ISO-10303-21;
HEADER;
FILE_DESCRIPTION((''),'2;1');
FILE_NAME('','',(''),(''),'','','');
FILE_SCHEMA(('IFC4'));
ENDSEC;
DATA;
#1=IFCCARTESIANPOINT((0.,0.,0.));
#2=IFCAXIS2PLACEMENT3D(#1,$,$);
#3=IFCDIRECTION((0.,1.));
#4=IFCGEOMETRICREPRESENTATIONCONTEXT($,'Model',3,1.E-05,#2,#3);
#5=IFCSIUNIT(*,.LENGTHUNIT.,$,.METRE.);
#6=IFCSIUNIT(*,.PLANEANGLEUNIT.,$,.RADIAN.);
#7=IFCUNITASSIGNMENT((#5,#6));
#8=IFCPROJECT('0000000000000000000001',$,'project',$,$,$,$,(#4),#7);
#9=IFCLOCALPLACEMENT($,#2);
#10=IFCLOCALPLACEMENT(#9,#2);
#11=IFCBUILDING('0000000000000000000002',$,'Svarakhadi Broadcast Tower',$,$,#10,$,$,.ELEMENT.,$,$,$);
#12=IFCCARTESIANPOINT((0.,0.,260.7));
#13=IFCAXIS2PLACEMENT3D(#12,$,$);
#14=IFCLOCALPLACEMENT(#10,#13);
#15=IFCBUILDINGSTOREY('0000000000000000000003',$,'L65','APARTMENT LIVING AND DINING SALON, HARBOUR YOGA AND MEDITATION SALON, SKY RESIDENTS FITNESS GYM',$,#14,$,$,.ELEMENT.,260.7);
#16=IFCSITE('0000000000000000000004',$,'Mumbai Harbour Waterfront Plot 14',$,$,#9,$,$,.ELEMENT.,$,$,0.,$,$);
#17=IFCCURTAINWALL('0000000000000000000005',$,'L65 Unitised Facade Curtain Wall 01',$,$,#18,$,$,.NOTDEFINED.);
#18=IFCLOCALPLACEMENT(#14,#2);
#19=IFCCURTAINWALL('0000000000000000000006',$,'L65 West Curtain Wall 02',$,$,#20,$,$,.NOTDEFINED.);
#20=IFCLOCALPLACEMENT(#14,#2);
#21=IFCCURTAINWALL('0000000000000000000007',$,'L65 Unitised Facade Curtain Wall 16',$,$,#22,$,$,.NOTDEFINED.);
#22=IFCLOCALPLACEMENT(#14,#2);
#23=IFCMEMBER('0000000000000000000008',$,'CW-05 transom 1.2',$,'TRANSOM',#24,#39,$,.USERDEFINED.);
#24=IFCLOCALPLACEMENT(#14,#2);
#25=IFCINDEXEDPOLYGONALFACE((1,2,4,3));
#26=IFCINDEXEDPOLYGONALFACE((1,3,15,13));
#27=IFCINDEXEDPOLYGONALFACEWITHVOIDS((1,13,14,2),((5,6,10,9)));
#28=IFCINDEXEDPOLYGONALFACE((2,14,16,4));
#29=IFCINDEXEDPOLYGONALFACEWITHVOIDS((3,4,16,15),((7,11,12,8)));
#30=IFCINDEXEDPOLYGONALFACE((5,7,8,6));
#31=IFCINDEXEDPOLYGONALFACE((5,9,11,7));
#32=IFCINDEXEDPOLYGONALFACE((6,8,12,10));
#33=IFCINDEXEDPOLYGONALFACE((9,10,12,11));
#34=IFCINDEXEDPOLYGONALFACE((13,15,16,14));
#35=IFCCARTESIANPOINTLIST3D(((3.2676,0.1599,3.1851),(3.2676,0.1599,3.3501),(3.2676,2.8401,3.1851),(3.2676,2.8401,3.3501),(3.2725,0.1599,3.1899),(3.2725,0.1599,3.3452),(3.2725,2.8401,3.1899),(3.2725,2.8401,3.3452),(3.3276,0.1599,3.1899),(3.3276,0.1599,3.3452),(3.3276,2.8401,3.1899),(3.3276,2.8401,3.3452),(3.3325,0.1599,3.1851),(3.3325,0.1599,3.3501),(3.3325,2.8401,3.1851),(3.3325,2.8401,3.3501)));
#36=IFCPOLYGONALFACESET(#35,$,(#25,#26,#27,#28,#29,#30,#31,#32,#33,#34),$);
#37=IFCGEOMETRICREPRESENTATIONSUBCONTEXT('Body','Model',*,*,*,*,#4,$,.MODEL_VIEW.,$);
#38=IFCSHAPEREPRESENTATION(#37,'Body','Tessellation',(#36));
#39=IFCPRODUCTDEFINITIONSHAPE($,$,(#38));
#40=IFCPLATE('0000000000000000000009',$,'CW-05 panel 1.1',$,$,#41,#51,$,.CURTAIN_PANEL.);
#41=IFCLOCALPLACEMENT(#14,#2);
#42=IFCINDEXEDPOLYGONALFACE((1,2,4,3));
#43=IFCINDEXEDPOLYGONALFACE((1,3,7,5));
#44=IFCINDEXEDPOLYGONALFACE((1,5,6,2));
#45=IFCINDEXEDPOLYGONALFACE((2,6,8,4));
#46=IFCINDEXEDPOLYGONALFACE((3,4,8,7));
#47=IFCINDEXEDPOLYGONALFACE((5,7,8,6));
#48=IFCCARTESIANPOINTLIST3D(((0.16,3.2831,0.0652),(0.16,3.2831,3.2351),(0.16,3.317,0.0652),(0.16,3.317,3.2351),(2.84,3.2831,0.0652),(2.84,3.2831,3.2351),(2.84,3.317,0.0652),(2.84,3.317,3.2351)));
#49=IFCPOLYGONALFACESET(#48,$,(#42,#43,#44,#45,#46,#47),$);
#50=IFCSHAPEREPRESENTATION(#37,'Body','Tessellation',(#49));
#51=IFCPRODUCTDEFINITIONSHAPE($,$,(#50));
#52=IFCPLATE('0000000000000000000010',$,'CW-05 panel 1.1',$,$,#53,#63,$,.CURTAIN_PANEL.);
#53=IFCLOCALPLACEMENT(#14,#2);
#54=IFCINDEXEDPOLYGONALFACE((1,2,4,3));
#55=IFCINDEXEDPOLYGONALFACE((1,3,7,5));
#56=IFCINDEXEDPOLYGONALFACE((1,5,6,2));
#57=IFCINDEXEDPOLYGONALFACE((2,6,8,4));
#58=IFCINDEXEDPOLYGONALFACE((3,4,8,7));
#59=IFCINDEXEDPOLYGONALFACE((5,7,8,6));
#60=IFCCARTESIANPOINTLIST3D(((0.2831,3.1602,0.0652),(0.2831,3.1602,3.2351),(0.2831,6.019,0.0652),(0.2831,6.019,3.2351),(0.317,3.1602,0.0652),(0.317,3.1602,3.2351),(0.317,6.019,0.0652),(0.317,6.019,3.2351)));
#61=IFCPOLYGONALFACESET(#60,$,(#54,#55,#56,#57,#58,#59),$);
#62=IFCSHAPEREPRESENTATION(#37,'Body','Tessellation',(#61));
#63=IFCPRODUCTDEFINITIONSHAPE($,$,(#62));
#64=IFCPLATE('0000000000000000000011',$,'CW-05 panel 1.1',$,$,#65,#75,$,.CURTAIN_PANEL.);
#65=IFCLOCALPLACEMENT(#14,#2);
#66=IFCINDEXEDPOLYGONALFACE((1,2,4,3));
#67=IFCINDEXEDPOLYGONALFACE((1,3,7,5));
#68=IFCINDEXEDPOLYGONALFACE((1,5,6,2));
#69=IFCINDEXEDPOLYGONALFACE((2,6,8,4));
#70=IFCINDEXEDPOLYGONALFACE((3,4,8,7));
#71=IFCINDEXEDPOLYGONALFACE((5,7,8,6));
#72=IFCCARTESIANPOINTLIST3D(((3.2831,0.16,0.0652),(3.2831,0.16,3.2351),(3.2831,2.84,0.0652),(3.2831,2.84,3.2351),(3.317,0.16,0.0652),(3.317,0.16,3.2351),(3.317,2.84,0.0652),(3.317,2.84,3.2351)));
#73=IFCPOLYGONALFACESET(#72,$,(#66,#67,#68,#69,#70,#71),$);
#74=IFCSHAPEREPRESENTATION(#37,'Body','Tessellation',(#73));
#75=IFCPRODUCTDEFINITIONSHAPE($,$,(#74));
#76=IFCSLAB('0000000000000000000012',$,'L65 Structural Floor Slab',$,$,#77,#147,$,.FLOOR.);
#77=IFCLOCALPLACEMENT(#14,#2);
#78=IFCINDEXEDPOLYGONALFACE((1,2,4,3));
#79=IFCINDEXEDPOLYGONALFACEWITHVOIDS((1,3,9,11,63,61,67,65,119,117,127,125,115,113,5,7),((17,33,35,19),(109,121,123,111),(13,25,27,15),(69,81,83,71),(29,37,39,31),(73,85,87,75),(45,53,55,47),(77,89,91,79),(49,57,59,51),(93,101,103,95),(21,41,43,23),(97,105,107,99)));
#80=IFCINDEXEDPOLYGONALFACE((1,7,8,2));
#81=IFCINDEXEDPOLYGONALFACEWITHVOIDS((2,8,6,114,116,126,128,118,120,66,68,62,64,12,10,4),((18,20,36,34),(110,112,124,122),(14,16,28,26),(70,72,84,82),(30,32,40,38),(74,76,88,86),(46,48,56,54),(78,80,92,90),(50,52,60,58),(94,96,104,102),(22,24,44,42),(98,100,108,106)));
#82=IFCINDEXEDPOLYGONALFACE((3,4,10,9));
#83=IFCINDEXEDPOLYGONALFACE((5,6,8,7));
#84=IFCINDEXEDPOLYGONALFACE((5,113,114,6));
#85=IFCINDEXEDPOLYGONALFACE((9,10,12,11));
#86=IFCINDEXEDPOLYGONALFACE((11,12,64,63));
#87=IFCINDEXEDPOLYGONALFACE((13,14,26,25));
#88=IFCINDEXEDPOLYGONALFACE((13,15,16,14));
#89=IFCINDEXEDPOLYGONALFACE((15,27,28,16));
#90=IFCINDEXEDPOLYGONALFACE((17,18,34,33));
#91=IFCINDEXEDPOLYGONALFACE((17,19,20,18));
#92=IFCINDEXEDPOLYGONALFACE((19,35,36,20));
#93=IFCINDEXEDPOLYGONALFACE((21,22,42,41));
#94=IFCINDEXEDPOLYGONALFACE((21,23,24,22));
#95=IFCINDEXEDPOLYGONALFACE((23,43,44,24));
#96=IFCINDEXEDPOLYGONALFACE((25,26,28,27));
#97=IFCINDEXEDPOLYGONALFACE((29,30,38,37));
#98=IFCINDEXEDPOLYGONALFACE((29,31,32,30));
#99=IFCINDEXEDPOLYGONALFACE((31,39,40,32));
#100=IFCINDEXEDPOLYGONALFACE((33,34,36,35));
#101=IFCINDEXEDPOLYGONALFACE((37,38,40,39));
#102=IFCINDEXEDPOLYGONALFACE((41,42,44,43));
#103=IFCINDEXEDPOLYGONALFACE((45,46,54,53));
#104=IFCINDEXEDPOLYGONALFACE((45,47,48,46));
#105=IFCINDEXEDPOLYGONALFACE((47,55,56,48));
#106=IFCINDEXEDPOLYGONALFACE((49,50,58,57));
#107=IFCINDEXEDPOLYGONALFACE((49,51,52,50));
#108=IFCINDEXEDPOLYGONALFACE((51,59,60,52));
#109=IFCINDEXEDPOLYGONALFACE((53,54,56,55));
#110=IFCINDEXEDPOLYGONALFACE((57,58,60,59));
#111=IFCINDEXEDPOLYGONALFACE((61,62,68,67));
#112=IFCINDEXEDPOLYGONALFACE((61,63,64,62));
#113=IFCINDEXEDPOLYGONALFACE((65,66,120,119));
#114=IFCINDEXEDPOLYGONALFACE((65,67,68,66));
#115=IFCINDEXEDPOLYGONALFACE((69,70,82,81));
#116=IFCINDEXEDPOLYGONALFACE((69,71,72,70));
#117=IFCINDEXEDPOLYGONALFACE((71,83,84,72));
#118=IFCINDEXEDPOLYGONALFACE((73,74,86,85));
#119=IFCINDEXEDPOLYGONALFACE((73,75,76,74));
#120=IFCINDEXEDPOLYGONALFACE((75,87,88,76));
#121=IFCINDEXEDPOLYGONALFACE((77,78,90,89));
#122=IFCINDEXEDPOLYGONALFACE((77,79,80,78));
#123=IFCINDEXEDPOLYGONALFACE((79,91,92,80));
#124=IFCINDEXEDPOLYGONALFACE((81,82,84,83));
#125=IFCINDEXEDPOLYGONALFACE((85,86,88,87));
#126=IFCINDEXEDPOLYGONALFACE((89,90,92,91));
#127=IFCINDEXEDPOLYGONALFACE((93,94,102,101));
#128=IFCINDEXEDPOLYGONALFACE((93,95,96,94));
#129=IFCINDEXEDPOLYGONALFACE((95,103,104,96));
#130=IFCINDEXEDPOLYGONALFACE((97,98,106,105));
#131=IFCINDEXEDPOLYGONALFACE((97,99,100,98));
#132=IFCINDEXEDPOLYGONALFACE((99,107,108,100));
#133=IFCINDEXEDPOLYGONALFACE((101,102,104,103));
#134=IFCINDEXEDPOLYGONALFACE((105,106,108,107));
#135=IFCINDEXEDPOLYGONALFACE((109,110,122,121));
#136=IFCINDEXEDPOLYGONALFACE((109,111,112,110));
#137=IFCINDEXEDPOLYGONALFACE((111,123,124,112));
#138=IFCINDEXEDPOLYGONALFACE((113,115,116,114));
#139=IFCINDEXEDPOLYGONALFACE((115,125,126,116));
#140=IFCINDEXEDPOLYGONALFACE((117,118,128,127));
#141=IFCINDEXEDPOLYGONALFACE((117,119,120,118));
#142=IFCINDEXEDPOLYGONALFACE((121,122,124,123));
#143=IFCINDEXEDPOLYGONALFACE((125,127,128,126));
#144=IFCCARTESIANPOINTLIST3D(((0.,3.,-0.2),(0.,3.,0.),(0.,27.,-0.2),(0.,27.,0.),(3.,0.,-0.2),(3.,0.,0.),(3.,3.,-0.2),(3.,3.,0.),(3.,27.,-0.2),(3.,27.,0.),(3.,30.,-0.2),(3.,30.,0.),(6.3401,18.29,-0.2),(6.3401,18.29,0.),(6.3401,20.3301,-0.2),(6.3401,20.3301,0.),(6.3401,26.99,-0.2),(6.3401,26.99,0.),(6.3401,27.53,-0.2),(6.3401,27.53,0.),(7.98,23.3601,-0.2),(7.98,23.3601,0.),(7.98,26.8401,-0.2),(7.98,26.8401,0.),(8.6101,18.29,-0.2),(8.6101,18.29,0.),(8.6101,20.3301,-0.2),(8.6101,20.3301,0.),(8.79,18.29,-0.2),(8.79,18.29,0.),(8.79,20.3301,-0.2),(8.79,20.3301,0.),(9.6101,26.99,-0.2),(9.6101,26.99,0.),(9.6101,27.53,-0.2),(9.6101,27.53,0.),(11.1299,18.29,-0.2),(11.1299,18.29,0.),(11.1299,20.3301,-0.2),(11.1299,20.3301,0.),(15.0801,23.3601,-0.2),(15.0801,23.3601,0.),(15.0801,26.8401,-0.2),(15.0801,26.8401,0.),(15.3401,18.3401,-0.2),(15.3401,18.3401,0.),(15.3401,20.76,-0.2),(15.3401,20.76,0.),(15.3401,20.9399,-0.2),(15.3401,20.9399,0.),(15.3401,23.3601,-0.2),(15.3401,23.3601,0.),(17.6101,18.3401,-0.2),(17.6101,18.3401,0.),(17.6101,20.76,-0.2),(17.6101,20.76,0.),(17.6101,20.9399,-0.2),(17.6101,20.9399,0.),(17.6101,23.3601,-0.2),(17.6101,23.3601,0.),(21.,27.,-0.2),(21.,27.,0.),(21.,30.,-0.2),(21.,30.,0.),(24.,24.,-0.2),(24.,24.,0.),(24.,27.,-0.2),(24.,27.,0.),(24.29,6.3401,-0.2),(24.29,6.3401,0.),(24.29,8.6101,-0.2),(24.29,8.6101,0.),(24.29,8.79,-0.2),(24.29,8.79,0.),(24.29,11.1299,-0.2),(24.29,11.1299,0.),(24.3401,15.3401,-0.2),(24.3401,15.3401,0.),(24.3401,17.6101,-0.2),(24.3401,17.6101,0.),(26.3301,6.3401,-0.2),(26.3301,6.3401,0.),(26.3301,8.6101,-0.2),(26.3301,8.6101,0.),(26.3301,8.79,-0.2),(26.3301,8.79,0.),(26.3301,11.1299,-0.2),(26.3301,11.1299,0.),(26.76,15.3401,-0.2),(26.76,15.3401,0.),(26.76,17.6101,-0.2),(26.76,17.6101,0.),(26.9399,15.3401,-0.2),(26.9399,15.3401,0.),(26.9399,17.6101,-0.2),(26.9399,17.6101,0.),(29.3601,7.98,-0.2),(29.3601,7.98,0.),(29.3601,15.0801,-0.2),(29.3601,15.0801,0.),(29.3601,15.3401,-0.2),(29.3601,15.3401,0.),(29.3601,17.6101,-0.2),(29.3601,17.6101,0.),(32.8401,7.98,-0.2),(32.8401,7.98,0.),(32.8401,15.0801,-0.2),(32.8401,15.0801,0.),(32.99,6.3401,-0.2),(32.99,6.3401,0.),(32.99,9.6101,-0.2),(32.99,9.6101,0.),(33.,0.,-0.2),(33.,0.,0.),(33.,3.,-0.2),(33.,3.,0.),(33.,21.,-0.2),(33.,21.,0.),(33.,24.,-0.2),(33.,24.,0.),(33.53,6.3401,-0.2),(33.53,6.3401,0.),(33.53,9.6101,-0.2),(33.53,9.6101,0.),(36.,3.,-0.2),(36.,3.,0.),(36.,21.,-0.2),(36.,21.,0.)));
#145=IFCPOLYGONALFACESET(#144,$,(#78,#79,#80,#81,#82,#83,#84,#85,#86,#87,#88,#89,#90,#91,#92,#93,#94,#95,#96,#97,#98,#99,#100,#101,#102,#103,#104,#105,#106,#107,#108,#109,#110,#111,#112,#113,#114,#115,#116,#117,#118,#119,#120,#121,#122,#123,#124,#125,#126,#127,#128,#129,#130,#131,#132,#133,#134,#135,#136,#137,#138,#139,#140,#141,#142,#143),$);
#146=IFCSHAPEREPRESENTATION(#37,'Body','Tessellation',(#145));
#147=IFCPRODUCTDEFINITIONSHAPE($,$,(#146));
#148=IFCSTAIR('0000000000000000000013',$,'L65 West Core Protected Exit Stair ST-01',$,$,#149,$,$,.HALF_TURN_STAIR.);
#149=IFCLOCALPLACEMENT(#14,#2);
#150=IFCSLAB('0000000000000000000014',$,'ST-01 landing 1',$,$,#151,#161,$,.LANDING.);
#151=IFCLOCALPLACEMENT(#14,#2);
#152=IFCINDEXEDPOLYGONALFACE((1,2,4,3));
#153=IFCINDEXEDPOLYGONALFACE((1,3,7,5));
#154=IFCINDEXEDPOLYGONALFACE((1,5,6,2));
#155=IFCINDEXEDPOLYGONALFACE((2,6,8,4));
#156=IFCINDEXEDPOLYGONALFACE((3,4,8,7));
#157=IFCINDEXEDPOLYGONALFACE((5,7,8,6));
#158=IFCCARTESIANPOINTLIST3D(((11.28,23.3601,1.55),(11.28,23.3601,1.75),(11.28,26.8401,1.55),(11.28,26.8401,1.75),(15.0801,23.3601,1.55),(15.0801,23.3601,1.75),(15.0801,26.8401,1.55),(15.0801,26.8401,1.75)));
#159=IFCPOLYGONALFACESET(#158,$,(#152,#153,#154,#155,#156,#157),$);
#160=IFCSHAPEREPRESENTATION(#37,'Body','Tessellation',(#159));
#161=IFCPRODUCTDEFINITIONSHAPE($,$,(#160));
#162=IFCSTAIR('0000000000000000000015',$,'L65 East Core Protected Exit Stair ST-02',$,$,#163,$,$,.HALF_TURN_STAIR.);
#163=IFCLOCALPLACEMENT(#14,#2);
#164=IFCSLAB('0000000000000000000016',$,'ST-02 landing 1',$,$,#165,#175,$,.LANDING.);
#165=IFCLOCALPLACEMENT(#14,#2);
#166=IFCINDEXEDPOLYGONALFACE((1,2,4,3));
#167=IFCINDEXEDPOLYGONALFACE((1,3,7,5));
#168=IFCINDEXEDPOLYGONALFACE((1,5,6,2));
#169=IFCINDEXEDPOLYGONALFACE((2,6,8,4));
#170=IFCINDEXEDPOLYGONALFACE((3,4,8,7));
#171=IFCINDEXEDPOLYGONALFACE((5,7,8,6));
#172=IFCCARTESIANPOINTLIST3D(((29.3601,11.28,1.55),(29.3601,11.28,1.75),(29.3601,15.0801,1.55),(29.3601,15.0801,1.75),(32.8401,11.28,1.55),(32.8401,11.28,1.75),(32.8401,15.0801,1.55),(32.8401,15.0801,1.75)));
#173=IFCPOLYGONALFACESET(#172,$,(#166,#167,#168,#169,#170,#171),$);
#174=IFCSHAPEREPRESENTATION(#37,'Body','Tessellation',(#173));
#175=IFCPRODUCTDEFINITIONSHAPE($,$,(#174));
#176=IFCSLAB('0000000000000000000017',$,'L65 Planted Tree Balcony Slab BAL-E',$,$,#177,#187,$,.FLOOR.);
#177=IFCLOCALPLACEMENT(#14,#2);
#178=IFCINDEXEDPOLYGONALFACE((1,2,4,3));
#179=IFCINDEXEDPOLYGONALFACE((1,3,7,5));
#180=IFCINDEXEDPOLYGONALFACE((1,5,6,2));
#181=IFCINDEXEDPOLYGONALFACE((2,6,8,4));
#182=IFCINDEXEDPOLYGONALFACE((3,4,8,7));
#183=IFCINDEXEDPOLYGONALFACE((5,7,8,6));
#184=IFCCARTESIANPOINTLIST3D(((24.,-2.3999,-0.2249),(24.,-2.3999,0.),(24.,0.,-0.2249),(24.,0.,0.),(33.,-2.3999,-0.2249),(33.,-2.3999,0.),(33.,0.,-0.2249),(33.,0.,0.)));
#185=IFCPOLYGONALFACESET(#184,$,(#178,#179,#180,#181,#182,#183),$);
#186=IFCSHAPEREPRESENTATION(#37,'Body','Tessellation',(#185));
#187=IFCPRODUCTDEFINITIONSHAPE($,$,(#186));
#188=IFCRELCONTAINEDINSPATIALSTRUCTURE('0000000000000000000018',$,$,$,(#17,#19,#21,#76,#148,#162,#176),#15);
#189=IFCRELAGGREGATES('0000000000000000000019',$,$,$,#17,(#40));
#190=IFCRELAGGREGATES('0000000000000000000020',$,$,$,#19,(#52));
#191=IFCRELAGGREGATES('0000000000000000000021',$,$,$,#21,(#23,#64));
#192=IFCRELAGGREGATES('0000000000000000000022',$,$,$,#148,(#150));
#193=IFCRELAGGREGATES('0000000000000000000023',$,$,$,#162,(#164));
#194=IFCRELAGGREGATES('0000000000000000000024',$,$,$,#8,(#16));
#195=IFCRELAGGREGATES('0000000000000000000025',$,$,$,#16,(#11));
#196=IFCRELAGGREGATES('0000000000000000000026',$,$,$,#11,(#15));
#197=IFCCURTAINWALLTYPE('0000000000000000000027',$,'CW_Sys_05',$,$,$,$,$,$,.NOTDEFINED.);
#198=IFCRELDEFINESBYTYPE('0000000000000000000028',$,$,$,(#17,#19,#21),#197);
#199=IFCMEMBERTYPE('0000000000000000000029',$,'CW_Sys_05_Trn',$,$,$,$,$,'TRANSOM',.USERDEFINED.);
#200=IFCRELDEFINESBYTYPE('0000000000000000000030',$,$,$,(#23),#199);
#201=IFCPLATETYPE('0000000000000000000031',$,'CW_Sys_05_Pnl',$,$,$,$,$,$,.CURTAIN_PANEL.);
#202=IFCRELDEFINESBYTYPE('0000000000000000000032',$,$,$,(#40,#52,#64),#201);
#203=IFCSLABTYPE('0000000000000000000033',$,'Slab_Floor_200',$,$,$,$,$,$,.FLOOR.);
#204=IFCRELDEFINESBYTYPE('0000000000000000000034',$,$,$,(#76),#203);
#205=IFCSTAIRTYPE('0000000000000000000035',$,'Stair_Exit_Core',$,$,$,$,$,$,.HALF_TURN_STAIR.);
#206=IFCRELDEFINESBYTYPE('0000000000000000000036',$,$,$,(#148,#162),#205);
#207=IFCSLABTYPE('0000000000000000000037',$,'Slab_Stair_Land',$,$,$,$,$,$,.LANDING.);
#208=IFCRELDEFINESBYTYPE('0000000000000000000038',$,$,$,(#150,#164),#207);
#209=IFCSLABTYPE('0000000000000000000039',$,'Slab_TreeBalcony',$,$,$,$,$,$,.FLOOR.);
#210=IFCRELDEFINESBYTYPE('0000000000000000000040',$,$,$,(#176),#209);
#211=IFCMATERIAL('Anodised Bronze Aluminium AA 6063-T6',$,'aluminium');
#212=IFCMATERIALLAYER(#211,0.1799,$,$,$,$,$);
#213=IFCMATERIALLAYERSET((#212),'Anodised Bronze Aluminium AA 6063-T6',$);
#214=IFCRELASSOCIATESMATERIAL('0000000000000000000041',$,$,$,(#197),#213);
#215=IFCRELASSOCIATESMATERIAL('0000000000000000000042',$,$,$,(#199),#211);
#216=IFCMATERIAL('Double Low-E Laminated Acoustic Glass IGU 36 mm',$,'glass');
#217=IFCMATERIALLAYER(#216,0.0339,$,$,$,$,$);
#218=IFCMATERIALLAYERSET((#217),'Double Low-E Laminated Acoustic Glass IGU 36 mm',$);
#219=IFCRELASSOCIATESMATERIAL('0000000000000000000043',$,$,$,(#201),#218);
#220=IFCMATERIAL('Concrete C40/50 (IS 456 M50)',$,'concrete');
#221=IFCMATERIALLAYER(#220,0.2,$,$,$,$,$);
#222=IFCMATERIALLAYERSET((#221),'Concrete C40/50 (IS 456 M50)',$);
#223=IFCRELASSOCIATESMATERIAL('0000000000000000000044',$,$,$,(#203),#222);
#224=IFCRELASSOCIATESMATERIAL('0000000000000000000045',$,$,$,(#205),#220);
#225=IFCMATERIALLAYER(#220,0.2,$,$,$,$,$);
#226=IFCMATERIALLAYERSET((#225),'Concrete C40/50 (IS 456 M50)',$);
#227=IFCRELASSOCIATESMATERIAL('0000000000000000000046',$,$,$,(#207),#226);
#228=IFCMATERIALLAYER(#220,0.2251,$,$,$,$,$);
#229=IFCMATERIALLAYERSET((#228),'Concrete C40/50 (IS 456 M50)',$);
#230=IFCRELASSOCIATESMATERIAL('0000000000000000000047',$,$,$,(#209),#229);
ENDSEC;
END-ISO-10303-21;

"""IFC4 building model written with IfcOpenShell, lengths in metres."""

from ifc_helpers import new_model, si_unit, direction, frame, origin, origin_2d, place, context, subcontext, project, spatial, polyline, rectangle, hollow_rectangle, outline, extrude, material, layer, layer_set, material_profile, profile_set, type_object, element, aggregate, save


model = new_model("IFC4")

# Units and contexts
model_context = context("Model", 3, precision=1e-05, world=origin(), true_north=direction((0.0, 1.0)))
body_context = subcontext(model_context, "Body", "Model", "MODEL_VIEW")
ifc_project = project(units=[si_unit("LENGTHUNIT", "METRE"), si_unit("PLANEANGLEUNIT", "RADIAN")], contexts=[model_context])

# Site, building, storey
site_placement = place(None, origin())
site = spatial("IfcSite", under=ifc_project, at=site_placement, Name="Mumbai Harbour Waterfront Plot 14", CompositionType="ELEMENT", RefElevation=0.0)
building_placement = place(site_placement, origin())
building = spatial("IfcBuilding", under=site, at=building_placement, Name="Svarakhadi Broadcast Tower", CompositionType="ELEMENT")
storey_placement = place(building_placement, frame((0.0, 0.0, 260.7)))
storey = spatial("IfcBuildingStorey", under=building, at=storey_placement, Name="L65", Description="APARTMENT LIVING AND DINING SALON, HARBOUR YOGA AND MEDITATION SALON, SKY RESIDENTS FITNESS GYM", CompositionType="ELEMENT", Elevation=260.7)

# Curtain wall
ifc_material_1 = material(Name="Anodised Bronze Aluminium AA 6063-T6", Category="aluminium")
ifc_layer_1 = layer(ifc_material_1, 0.1799)
ifc_layer_set_1 = layer_set([ifc_layer_1], Name="Anodised Bronze Aluminium AA 6063-T6")
curtain_wall_type = type_object("IfcCurtainWallType", Name="CW_Sys_05", PredefinedType="NOTDEFINED", material=ifc_layer_set_1)
curtain_wall_1_placement = place(storey_placement, origin())
curtain_wall_1 = element("IfcCurtainWall", 1, at=curtain_wall_1_placement, inside=storey, type_object=curtain_wall_type, Name="L65 Unitised Facade Curtain Wall 01", PredefinedType="NOTDEFINED")

# Curtain wall
curtain_wall_2_placement = place(storey_placement, origin())
curtain_wall_2 = element("IfcCurtainWall", 2, at=curtain_wall_2_placement, inside=storey, type_object=curtain_wall_type, Name="L65 West Curtain Wall 02", PredefinedType="NOTDEFINED")

# Curtain wall
curtain_wall_3_placement = place(storey_placement, origin())
curtain_wall_3 = element("IfcCurtainWall", 3, at=curtain_wall_3_placement, inside=storey, type_object=curtain_wall_type, Name="L65 Unitised Facade Curtain Wall 16", PredefinedType="NOTDEFINED")

# Member
ifc_material_profile_1 = material_profile(ifc_material_1, hollow_rectangle(XDim=0.0649, YDim=0.165, WallThickness=0.0049, at=origin_2d()), Name="ALU TRANSOM 165x65x5")
ifc_profile_set_1 = profile_set([ifc_material_profile_1], Name="Anodised Bronze Aluminium AA 6063-T6")
member_type_1 = type_object("IfcMemberType", Name="CW_Sys_05_Trn", ElementType="TRANSOM", PredefinedType="USERDEFINED", material=ifc_profile_set_1)
member_1_placement = place(storey_placement, frame((3.3, 0.1599, 3.2676), z_axis=(0.0, 1.0, 0.0), x_axis=(-1.0, 0.0, 0.0)))
member_1 = element("IfcMember", 4, at=member_1_placement, type_object=member_type_1, Name="CW-05 transom 1.2", ObjectType="TRANSOM", PredefinedType="USERDEFINED", context=body_context, shape_type="SweptSolid", body=[
    extrude(hollow_rectangle(XDim=0.0649, YDim=0.165, WallThickness=0.0049, at=origin_2d()), origin(), (0.0, 0.0, 1.0), 2.6802),
])

# Plates
ifc_material_2 = material(Name="Double Low-E Laminated Acoustic Glass IGU 36 mm", Category="glass")
ifc_layer_2 = layer(ifc_material_2, 0.0339)
ifc_layer_set_2 = layer_set([ifc_layer_2], Name="Double Low-E Laminated Acoustic Glass IGU 36 mm")
plate_type = type_object("IfcPlateType", Name="CW_Sys_05_Pnl", PredefinedType="CURTAIN_PANEL", material=ifc_layer_set_2)
plate_1_placement = place(storey_placement, frame((1.5, 3.3, 0.0652), z_axis=(0.0, 0.0, 1.0), x_axis=(-1.0, 0.0, 0.0)))
plate_1 = element("IfcPlate", 5, at=plate_1_placement, type_object=plate_type, Name="CW-05 panel 1.1", PredefinedType="CURTAIN_PANEL", context=body_context, shape_type="SweptSolid", body=[
    extrude(rectangle(XDim=2.6799, YDim=0.0339, at=origin_2d()), origin(), (0.0, 0.0, 1.0), 3.1699),
])
aggregate(curtain_wall_1, [plate_1])
plate_2_placement = place(storey_placement, frame((0.3, 4.5896, 0.0652), z_axis=(0.0, 0.0, 1.0), x_axis=(0.0, 1.0, 0.0)))
plate_2 = element("IfcPlate", 6, at=plate_2_placement, type_object=plate_type, Name="CW-05 panel 1.1", PredefinedType="CURTAIN_PANEL", context=body_context, shape_type="SweptSolid", body=[
    extrude(rectangle(XDim=2.8589, YDim=0.0339, at=origin_2d()), origin(), (0.0, 0.0, 1.0), 3.1699),
])
aggregate(curtain_wall_2, [plate_2])
plate_3_placement = place(storey_placement, frame((3.3, 1.5, 0.0652), z_axis=(0.0, 0.0, 1.0), x_axis=(0.0, 1.0, 0.0)))
plate_3 = element("IfcPlate", 7, at=plate_3_placement, type_object=plate_type, Name="CW-05 panel 1.1", PredefinedType="CURTAIN_PANEL", context=body_context, shape_type="SweptSolid", body=[
    extrude(rectangle(XDim=2.6799, YDim=0.0339, at=origin_2d()), origin(), (0.0, 0.0, 1.0), 3.1699),
])
aggregate(curtain_wall_3, [member_1, plate_3])

# Slab
ifc_material_3 = material(Name="Concrete C40/50 (IS 456 M50)", Category="concrete")
ifc_layer_3 = layer(ifc_material_3, 0.2)
ifc_layer_set_3 = layer_set([ifc_layer_3], Name="Concrete C40/50 (IS 456 M50)")
slab_type_1 = type_object("IfcSlabType", Name="Slab_Floor_200", PredefinedType="FLOOR", material=ifc_layer_set_3)
slab_1_placement = place(storey_placement, frame((0.0, 0.0, -0.2)))
element("IfcSlab", 8, at=slab_1_placement, inside=storey, type_object=slab_type_1, Name="L65 Structural Floor Slab", PredefinedType="FLOOR", context=body_context, shape_type="SweptSolid", body=[
    extrude(outline(polyline([(3.0, 0.0), (33.0, 0.0), (33.0, 3.0), (36.0, 3.0), (36.0, 21.0), (33.0, 21.0), (33.0, 24.0), (24.0, 24.0), (24.0, 27.0), (21.0, 27.0), (21.0, 30.0), (3.0, 30.0), (3.0, 27.0), (0.0, 27.0), (0.0, 3.0), (3.0, 3.0), (3.0, 0.0)]), holes=[polyline([(7.98, 23.3601), (15.0801, 23.3601), (15.0801, 26.8401), (7.98, 26.8401), (7.98, 23.3601)]), polyline([(32.8401, 7.98), (32.8401, 15.0801), (29.3601, 15.0801), (29.3601, 7.98), (32.8401, 7.98)]), polyline([(6.3401, 18.29), (8.6101, 18.29), (8.6101, 20.3301), (6.3401, 20.3301), (6.3401, 18.29)]), polyline([(8.79, 18.29), (11.1299, 18.29), (11.1299, 20.3301), (8.79, 20.3301), (8.79, 18.29)]), polyline([(24.29, 6.3401), (26.3301, 6.3401), (26.3301, 8.6101), (24.29, 8.6101), (24.29, 6.3401)]), polyline([(24.29, 8.79), (26.3301, 8.79), (26.3301, 11.1299), (24.29, 11.1299), (24.29, 8.79)]), polyline([(6.3401, 26.99), (9.6101, 26.99), (9.6101, 27.53), (6.3401, 27.53), (6.3401, 26.99)]), polyline([(32.99, 6.3401), (33.53, 6.3401), (33.53, 9.6101), (32.99, 9.6101), (32.99, 6.3401)]), polyline([(15.3401, 18.3401), (17.6101, 18.3401), (17.6101, 20.76), (15.3401, 20.76), (15.3401, 18.3401)]), polyline([(15.3401, 20.9399), (17.6101, 20.9399), (17.6101, 23.3601), (15.3401, 23.3601), (15.3401, 20.9399)]), polyline([(24.3401, 15.3401), (26.76, 15.3401), (26.76, 17.6101), (24.3401, 17.6101), (24.3401, 15.3401)]), polyline([(26.9399, 15.3401), (29.3601, 15.3401), (29.3601, 17.6101), (26.9399, 17.6101), (26.9399, 15.3401)])]), origin(), (0.0, 0.0, 1.0), 0.2),
])

# Stairs, slabs
stair_type = type_object("IfcStairType", Name="Stair_Exit_Core", PredefinedType="HALF_TURN_STAIR", material=ifc_material_3)
stair_1_placement = place(storey_placement, origin())
stair_1 = element("IfcStair", 9, at=stair_1_placement, inside=storey, type_object=stair_type, Name="L65 West Core Protected Exit Stair ST-01", PredefinedType="HALF_TURN_STAIR")
ifc_layer_4 = layer(ifc_material_3, 0.2)
ifc_layer_set_4 = layer_set([ifc_layer_4], Name="Concrete C40/50 (IS 456 M50)")
slab_type_2 = type_object("IfcSlabType", Name="Slab_Stair_Land", PredefinedType="LANDING", material=ifc_layer_set_4)
slab_2_placement = place(storey_placement, frame((0.0, 0.0, 1.55)))
slab_2 = element("IfcSlab", 10, at=slab_2_placement, type_object=slab_type_2, Name="ST-01 landing 1", PredefinedType="LANDING", context=body_context, shape_type="SweptSolid", body=[
    extrude(outline(polyline([(11.28, 23.3601), (15.0801, 23.3601), (15.0801, 26.8401), (11.28, 26.8401), (11.28, 23.3601)])), origin(), (0.0, 0.0, 1.0), 0.2),
])
aggregate(stair_1, [slab_2])
stair_2_placement = place(storey_placement, origin())
stair_2 = element("IfcStair", 11, at=stair_2_placement, inside=storey, type_object=stair_type, Name="L65 East Core Protected Exit Stair ST-02", PredefinedType="HALF_TURN_STAIR")
slab_3_placement = place(storey_placement, frame((0.0, 0.0, 1.55)))
slab_3 = element("IfcSlab", 12, at=slab_3_placement, type_object=slab_type_2, Name="ST-02 landing 1", PredefinedType="LANDING", context=body_context, shape_type="SweptSolid", body=[
    extrude(outline(polyline([(32.8401, 11.28), (32.8401, 15.0801), (29.3601, 15.0801), (29.3601, 11.28), (32.8401, 11.28)])), origin(), (0.0, 0.0, 1.0), 0.2),
])
aggregate(stair_2, [slab_3])

# Slab
ifc_layer_5 = layer(ifc_material_3, 0.2251)
ifc_layer_set_5 = layer_set([ifc_layer_5], Name="Concrete C40/50 (IS 456 M50)")
slab_type_3 = type_object("IfcSlabType", Name="Slab_TreeBalcony", PredefinedType="FLOOR", material=ifc_layer_set_5)
slab_4_placement = place(storey_placement, frame((0.0, 0.0, -0.2249)))
element("IfcSlab", 13, at=slab_4_placement, inside=storey, type_object=slab_type_3, Name="L65 Planted Tree Balcony Slab BAL-E", PredefinedType="FLOOR", context=body_context, shape_type="SweptSolid", body=[
    extrude(outline(polyline([(24.0, -2.3999), (33.0, -2.3999), (33.0, 0.0), (24.0, 0.0), (24.0, -2.3999)])), origin(), (0.0, 0.0, 1.0), 0.2249),
])

save(model, "model.ifc")
